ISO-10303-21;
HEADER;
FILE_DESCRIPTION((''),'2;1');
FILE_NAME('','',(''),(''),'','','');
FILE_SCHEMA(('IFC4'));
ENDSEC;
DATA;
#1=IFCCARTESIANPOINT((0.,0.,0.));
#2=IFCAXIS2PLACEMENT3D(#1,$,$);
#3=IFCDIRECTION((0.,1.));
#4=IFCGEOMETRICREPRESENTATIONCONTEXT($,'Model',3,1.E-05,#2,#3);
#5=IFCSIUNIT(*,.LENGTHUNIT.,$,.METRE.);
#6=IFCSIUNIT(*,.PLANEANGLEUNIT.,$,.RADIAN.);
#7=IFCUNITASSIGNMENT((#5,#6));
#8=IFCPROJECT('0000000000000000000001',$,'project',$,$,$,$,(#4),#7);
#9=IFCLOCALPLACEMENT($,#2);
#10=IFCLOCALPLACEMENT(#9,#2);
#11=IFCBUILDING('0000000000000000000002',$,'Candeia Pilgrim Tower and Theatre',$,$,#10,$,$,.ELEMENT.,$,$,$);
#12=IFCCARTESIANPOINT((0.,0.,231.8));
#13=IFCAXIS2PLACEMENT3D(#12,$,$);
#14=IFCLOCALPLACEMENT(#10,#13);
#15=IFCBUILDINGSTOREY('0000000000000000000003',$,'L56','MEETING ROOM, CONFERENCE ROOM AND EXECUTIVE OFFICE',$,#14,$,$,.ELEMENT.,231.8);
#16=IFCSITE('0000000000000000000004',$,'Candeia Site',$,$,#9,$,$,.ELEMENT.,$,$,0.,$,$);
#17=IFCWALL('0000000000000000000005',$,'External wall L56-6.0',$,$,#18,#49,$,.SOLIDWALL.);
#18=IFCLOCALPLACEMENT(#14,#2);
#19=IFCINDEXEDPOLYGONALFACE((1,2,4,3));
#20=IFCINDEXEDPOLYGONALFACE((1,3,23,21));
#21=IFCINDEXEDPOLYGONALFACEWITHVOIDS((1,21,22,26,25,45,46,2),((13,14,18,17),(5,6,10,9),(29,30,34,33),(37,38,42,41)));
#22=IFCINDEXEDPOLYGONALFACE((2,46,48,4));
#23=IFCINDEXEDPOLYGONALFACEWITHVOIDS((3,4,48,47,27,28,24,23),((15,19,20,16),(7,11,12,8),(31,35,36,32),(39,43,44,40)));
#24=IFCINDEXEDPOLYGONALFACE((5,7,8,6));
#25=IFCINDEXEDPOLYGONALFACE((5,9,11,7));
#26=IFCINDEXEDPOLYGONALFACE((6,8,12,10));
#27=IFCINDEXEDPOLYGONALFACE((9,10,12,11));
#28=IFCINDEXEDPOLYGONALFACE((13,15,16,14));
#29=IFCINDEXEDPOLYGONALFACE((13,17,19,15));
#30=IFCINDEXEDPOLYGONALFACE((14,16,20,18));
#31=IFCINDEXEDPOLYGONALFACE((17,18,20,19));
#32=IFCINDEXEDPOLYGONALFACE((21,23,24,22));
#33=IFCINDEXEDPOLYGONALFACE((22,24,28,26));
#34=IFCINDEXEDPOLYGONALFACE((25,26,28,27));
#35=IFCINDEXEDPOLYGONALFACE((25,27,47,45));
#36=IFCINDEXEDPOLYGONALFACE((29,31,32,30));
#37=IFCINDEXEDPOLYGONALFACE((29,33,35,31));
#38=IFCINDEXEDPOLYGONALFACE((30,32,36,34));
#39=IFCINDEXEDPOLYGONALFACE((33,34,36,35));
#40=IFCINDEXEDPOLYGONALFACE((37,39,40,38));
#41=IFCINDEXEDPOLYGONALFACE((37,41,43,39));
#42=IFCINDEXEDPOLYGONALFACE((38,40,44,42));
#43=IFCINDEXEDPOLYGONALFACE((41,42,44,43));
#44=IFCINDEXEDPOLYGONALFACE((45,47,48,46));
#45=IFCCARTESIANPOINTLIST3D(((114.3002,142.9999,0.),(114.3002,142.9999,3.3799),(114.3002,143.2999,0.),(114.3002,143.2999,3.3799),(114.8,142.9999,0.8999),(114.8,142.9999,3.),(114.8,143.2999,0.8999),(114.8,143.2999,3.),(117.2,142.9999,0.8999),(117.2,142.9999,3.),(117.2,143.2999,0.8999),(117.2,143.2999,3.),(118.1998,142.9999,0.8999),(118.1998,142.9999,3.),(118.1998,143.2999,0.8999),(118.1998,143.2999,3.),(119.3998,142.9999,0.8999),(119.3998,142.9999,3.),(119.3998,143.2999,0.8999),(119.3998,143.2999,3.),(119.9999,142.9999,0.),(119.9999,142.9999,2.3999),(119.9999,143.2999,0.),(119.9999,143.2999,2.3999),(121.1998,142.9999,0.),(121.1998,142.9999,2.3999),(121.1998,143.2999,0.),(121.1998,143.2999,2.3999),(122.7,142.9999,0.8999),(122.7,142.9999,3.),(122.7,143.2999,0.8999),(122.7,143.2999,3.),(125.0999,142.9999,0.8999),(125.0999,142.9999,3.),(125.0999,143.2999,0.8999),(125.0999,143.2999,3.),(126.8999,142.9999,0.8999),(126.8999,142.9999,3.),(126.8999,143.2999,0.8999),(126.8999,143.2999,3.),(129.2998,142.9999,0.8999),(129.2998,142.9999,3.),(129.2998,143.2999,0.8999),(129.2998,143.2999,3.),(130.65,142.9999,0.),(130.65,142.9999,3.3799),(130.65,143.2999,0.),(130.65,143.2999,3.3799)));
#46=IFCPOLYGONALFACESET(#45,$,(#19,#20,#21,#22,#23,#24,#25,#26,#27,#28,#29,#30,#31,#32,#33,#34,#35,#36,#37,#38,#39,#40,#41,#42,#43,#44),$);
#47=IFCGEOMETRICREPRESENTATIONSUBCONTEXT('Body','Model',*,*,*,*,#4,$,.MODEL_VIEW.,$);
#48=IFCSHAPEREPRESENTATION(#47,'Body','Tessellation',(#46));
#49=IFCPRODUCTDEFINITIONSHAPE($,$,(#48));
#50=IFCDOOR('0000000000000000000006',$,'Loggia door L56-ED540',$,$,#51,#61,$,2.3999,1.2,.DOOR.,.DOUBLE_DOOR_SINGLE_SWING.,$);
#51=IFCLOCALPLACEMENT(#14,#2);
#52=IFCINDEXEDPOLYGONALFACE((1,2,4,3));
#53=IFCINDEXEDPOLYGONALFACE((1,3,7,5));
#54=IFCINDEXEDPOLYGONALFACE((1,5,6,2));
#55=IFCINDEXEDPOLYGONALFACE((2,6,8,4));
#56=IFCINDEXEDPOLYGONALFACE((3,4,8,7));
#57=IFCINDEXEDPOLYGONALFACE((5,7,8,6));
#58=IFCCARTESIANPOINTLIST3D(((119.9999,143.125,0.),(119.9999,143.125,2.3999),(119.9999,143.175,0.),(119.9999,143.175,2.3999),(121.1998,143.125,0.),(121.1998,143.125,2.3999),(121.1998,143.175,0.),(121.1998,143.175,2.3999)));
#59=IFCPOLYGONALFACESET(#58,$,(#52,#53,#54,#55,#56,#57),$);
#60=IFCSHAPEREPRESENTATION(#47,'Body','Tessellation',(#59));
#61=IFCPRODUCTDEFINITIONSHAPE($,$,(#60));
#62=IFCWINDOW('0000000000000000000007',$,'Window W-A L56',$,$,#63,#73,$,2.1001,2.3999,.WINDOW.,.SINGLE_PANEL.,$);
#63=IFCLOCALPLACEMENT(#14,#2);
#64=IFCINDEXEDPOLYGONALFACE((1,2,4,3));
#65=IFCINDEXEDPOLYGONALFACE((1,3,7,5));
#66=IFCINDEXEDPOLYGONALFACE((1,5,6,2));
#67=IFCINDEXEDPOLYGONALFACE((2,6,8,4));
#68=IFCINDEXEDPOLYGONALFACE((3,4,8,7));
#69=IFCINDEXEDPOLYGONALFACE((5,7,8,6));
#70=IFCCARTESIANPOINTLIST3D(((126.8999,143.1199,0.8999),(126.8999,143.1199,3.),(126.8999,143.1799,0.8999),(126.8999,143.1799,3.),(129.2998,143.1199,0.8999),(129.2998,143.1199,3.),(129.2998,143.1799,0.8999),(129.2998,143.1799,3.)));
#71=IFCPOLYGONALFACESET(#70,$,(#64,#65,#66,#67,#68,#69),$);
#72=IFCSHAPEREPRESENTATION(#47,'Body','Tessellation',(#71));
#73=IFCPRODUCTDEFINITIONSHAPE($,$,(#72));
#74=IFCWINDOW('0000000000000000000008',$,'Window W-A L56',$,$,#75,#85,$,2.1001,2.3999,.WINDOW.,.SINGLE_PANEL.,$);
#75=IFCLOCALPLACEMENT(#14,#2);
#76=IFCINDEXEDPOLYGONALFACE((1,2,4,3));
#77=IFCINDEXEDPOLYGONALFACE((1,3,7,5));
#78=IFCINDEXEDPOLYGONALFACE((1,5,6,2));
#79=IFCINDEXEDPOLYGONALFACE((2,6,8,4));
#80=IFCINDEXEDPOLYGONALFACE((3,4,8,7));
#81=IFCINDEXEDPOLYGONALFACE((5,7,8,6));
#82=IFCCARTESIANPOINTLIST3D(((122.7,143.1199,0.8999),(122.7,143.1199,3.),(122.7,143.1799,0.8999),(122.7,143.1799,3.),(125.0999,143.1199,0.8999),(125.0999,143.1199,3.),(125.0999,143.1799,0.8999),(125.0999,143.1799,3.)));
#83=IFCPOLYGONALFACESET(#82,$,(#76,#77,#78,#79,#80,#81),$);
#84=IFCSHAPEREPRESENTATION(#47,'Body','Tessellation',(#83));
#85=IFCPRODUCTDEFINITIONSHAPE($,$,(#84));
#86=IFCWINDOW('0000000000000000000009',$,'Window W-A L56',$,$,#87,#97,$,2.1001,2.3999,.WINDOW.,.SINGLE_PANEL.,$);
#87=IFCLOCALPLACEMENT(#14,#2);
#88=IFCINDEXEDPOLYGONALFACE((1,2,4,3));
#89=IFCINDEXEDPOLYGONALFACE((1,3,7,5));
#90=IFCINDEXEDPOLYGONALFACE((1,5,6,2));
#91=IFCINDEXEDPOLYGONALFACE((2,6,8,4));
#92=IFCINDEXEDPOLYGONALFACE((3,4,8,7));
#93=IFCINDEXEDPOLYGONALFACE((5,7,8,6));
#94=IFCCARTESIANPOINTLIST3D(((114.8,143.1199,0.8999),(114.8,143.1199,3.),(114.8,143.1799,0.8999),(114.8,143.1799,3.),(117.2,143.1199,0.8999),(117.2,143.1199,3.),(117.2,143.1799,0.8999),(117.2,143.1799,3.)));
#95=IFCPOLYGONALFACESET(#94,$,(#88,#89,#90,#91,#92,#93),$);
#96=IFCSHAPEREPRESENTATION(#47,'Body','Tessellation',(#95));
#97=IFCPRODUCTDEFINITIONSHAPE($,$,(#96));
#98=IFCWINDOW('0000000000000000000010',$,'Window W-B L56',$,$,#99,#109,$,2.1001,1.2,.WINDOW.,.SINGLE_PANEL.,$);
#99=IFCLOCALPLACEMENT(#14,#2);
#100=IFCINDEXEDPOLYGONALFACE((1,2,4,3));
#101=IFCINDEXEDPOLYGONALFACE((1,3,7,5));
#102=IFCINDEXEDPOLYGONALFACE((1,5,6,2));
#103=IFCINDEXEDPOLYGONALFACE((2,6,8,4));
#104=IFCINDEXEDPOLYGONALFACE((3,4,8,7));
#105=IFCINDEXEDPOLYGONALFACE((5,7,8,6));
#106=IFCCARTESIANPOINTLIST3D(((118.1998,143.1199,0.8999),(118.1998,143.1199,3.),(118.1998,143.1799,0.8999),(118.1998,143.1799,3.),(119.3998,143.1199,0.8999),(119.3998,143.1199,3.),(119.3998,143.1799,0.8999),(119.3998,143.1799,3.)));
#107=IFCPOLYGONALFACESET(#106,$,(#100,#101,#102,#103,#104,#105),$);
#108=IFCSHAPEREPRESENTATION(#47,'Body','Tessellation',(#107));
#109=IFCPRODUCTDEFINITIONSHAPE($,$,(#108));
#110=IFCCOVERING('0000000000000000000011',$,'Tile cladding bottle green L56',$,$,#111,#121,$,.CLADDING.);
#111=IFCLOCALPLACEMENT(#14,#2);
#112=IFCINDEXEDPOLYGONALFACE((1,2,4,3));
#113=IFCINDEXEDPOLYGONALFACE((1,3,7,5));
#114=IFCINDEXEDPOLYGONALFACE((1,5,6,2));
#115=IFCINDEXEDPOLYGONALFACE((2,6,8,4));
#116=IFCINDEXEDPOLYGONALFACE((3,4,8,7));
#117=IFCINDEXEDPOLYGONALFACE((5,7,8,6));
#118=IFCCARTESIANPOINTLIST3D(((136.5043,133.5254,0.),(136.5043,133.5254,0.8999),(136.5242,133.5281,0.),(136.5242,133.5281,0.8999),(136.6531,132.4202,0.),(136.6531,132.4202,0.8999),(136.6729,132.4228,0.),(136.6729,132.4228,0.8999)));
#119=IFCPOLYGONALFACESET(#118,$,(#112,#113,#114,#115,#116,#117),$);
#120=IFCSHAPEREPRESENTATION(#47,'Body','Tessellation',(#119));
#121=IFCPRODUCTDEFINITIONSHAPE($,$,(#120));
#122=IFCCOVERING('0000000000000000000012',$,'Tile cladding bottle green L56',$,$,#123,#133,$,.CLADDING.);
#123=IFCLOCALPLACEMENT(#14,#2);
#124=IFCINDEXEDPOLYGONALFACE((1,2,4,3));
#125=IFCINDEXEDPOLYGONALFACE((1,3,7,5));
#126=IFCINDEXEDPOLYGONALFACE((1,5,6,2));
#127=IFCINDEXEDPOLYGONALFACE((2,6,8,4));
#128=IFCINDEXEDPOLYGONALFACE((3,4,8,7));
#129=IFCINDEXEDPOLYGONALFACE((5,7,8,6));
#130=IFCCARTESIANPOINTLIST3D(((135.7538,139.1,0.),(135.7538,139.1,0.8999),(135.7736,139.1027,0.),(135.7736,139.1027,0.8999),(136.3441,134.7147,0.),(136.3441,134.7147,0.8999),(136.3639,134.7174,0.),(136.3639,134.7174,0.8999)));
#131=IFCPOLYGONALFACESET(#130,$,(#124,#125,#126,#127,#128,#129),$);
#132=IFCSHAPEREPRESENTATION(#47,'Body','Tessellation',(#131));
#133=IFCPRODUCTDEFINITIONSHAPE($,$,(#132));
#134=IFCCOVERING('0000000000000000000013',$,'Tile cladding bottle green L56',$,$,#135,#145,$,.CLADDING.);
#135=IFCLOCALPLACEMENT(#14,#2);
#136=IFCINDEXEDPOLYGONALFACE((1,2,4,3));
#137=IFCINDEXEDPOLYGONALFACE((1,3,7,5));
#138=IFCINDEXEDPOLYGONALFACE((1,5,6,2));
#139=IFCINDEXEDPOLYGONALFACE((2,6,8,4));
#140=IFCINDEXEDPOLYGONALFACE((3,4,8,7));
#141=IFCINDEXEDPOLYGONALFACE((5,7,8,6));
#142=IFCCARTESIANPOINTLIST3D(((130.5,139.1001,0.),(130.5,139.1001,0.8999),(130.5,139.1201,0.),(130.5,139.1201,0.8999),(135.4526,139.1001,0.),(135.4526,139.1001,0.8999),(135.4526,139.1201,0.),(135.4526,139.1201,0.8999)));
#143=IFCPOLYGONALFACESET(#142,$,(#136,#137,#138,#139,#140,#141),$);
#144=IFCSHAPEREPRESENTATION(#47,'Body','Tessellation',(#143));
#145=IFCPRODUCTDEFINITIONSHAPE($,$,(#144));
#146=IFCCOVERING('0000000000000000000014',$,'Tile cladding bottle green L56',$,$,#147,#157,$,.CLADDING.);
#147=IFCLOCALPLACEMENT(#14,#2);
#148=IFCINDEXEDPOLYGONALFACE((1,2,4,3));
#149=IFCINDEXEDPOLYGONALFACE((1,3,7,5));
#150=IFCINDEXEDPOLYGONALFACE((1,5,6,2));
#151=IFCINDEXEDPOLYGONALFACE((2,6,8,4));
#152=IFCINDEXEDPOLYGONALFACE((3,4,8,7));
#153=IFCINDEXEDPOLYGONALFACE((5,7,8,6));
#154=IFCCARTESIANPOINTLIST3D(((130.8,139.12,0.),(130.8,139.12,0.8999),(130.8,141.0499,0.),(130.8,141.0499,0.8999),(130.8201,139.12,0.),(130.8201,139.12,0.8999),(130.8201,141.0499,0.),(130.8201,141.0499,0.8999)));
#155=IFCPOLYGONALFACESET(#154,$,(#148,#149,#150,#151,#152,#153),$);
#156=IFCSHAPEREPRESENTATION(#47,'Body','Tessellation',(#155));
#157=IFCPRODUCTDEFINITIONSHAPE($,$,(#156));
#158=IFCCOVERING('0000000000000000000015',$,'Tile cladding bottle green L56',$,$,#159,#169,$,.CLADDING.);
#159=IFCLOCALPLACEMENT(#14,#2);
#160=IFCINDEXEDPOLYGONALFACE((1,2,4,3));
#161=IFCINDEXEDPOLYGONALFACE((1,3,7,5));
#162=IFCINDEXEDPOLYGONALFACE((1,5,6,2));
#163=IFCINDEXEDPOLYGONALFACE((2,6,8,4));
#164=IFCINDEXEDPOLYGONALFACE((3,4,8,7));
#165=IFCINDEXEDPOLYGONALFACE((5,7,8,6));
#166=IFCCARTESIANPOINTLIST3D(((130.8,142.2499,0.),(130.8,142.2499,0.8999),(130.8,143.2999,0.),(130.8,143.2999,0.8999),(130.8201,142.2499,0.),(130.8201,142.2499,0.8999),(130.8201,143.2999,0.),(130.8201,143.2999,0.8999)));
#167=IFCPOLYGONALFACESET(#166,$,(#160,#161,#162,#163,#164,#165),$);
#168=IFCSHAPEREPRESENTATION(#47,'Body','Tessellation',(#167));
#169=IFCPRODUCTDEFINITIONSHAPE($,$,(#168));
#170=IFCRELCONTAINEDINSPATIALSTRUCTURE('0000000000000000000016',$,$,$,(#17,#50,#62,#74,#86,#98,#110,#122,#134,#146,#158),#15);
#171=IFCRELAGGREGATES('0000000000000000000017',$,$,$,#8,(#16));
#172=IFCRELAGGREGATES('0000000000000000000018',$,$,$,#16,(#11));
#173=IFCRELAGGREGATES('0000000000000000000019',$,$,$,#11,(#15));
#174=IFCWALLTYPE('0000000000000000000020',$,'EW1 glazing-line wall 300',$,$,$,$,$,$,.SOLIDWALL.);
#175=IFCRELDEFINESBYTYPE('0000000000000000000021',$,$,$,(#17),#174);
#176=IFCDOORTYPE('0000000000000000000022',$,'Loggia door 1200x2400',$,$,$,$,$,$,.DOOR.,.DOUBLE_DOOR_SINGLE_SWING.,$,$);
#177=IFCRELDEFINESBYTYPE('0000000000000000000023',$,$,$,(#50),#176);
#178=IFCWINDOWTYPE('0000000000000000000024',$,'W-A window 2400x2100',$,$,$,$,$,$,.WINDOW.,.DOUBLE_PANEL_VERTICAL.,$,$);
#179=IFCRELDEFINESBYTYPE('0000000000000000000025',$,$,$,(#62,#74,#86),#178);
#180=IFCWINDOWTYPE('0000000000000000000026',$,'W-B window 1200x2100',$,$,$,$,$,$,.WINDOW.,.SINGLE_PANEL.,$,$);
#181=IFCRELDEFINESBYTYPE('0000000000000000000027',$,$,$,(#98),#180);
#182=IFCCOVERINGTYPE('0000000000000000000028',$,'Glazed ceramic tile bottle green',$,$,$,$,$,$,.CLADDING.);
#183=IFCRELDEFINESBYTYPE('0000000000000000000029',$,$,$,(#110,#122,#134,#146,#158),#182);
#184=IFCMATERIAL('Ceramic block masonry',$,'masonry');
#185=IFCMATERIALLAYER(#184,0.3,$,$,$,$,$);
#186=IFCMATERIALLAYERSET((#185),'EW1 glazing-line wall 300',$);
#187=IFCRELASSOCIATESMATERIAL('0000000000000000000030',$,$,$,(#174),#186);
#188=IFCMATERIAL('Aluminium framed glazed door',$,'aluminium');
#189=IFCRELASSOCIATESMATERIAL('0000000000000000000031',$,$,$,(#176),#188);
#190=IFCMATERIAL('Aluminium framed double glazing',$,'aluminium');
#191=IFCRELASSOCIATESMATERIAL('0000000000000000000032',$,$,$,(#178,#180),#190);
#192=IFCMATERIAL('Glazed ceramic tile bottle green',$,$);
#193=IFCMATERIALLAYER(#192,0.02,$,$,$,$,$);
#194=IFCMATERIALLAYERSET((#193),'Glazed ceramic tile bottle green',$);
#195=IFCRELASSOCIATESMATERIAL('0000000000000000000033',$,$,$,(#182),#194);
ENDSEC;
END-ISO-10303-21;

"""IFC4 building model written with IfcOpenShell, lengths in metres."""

from ifc_helpers import new_model, si_unit, direction, frame, frame_2d, origin, origin_2d, place, context, subcontext, project, spatial, rectangle, extrude, material, layer, layer_set, type_object, element, fill, save


model = new_model("IFC4")

# Units and contexts
model_context = context("Model", 3, precision=1e-05, world=origin(), true_north=direction((0.0, 1.0)))
body_context = subcontext(model_context, "Body", "Model", "MODEL_VIEW")
ifc_project = project(units=[si_unit("LENGTHUNIT", "METRE"), si_unit("PLANEANGLEUNIT", "RADIAN")], contexts=[model_context])

# Site, building, storey
site_placement = place(None, origin())
site = spatial("IfcSite", under=ifc_project, at=site_placement, Name="Candeia Site", CompositionType="ELEMENT", RefElevation=0.0)
building_placement = place(site_placement, origin())
building = spatial("IfcBuilding", under=site, at=building_placement, Name="Candeia Pilgrim Tower and Theatre", CompositionType="ELEMENT")
storey_placement = place(building_placement, frame((0.0, 0.0, 231.8)))
storey = spatial("IfcBuildingStorey", under=building, at=storey_placement, Name="L56", Description="MEETING ROOM, CONFERENCE ROOM AND EXECUTIVE OFFICE", CompositionType="ELEMENT", Elevation=231.8)

# Shared definitions
ifc_material_1 = material(Name="Ceramic block masonry", Category="masonry")
ifc_layer_1 = layer(ifc_material_1, 0.3)
ifc_layer_set_1 = layer_set([ifc_layer_1], Name="EW1 glazing-line wall 300")
wall_type = type_object("IfcWallType", Name="EW1 glazing-line wall 300", PredefinedType="SOLIDWALL", material=ifc_layer_set_1)
ifc_material_2 = material(Name="Aluminium framed glazed door", Category="aluminium")
door_type = type_object("IfcDoorType", Name="Loggia door 1200x2400", OperationType="DOUBLE_DOOR_SINGLE_SWING", PredefinedType="DOOR", material=ifc_material_2)
ifc_material_3 = material(Name="Aluminium framed double glazing", Category="aluminium")
window_type_1 = type_object("IfcWindowType", Name="W-A window 2400x2100", PartitioningType="DOUBLE_PANEL_VERTICAL", PredefinedType="WINDOW", material=ifc_material_3)

# Shared definitions
window_type_2 = type_object("IfcWindowType", Name="W-B window 1200x2100", PartitioningType="SINGLE_PANEL", PredefinedType="WINDOW", material=ifc_material_3)

# Wall, openings, door, windows
wall_1_placement = place(storey_placement, frame((130.6499, 143.1499, 0.0), z_axis=(0.0, 0.0, 1.0), x_axis=(-1.0, 0.0, 0.0)))
wall_1 = element("IfcWall", 1, at=wall_1_placement, inside=storey, type_object=wall_type, Name="External wall L56-6.0", PredefinedType="SOLIDWALL", context=body_context, shape_type="SweptSolid", body=[
    extrude(rectangle(XDim=16.3499, YDim=0.3, at=frame_2d((8.1748, 0.0))), origin(), (0.0, 0.0, 1.0), 3.3799),
])
opening_1_placement = place(wall_1_placement, frame((1.3501, 0.0, 0.8999)))
opening_1 = element("IfcOpeningElement", 2, at=opening_1_placement, cuts=wall_1, PredefinedType="OPENING", context=body_context, shape_type="SweptSolid", body=[
    extrude(rectangle(XDim=2.3999, YDim=2.1001, at=frame_2d((1.2, 1.05))), frame((0.0, 0.1602, 0.0), z_axis=(0.0, -1.0, 0.0), x_axis=(1.0, 0.0, 0.0)), (0.0, 0.0, 1.0), 0.3201),
])
opening_2_placement = place(wall_1_placement, frame((5.55, 0.0, 0.8999)))
opening_2 = element("IfcOpeningElement", 3, at=opening_2_placement, cuts=wall_1, PredefinedType="OPENING", context=body_context, shape_type="SweptSolid", body=[
    extrude(rectangle(XDim=2.3999, YDim=2.1001, at=frame_2d((1.2, 1.05))), frame((0.0, 0.1602, 0.0), z_axis=(0.0, -1.0, 0.0), x_axis=(1.0, 0.0, 0.0)), (0.0, 0.0, 1.0), 0.3201),
])
opening_3_placement = place(wall_1_placement, frame((9.45, 0.0, 0.0)))
opening_3 = element("IfcOpeningElement", 4, at=opening_3_placement, cuts=wall_1, PredefinedType="OPENING", context=body_context, shape_type="SweptSolid", body=[
    extrude(rectangle(XDim=1.2, YDim=2.3999, at=frame_2d((0.6001, 1.2))), frame((0.0, 0.1602, 0.0), z_axis=(0.0, -1.0, 0.0), x_axis=(1.0, 0.0, 0.0)), (0.0, 0.0, 1.0), 0.3201),
])
opening_4_placement = place(wall_1_placement, frame((11.25, 0.0, 0.8999)))
opening_4 = element("IfcOpeningElement", 5, at=opening_4_placement, cuts=wall_1, PredefinedType="OPENING", context=body_context, shape_type="SweptSolid", body=[
    extrude(rectangle(XDim=1.2, YDim=2.1001, at=frame_2d((0.6001, 1.05))), frame((0.0, 0.1602, 0.0), z_axis=(0.0, -1.0, 0.0), x_axis=(1.0, 0.0, 0.0)), (0.0, 0.0, 1.0), 0.3201),
])
opening_5_placement = place(wall_1_placement, frame((13.45, 0.0, 0.8999)))
opening_5 = element("IfcOpeningElement", 6, at=opening_5_placement, cuts=wall_1, PredefinedType="OPENING", context=body_context, shape_type="SweptSolid", body=[
    extrude(rectangle(XDim=2.3999, YDim=2.1001, at=frame_2d((1.2, 1.05))), frame((0.0, 0.1602, 0.0), z_axis=(0.0, -1.0, 0.0), x_axis=(1.0, 0.0, 0.0)), (0.0, 0.0, 1.0), 0.3201),
])
door_1_placement = place(opening_3_placement, origin())
door_1 = element("IfcDoor", 7, at=door_1_placement, inside=storey, type_object=door_type, Name="Loggia door L56-ED540", OperationType="DOUBLE_DOOR_SINGLE_SWING", OverallHeight=2.3999, OverallWidth=1.2, PredefinedType="DOOR", context=body_context, shape_type="SweptSolid", body=[
    extrude(rectangle(XDim=1.2, YDim=2.3999, at=frame_2d((0.6001, 1.2))), frame((0.0, 0.0249, 0.0), z_axis=(0.0, -1.0, 0.0), x_axis=(1.0, 0.0, 0.0)), (0.0, 0.0, 1.0), 0.05),
])
fill(opening_3, door_1)
window_1_placement = place(opening_1_placement, origin())
window_1 = element("IfcWindow", 8, at=window_1_placement, inside=storey, type_object=window_type_1, Name="Window W-A L56", OverallHeight=2.1001, OverallWidth=2.3999, PartitioningType="SINGLE_PANEL", PredefinedType="WINDOW", context=body_context, shape_type="SweptSolid", body=[
    extrude(rectangle(XDim=2.3999, YDim=2.1001, at=frame_2d((1.2, 1.05))), frame((0.0, 0.03, 0.0), z_axis=(0.0, -1.0, 0.0), x_axis=(1.0, 0.0, 0.0)), (0.0, 0.0, 1.0), 0.0601),
])
fill(opening_1, window_1)
window_2_placement = place(opening_2_placement, origin())
window_2 = element("IfcWindow", 9, at=window_2_placement, inside=storey, type_object=window_type_1, Name="Window W-A L56", OverallHeight=2.1001, OverallWidth=2.3999, PartitioningType="SINGLE_PANEL", PredefinedType="WINDOW", context=body_context, shape_type="SweptSolid", body=[
    extrude(rectangle(XDim=2.3999, YDim=2.1001, at=frame_2d((1.2, 1.05))), frame((0.0, 0.03, 0.0), z_axis=(0.0, -1.0, 0.0), x_axis=(1.0, 0.0, 0.0)), (0.0, 0.0, 1.0), 0.0601),
])
fill(opening_2, window_2)
window_3_placement = place(opening_5_placement, origin())
window_3 = element("IfcWindow", 10, at=window_3_placement, inside=storey, type_object=window_type_1, Name="Window W-A L56", OverallHeight=2.1001, OverallWidth=2.3999, PartitioningType="SINGLE_PANEL", PredefinedType="WINDOW", context=body_context, shape_type="SweptSolid", body=[
    extrude(rectangle(XDim=2.3999, YDim=2.1001, at=frame_2d((1.2, 1.05))), frame((0.0, 0.03, 0.0), z_axis=(0.0, -1.0, 0.0), x_axis=(1.0, 0.0, 0.0)), (0.0, 0.0, 1.0), 0.0601),
])
fill(opening_5, window_3)
window_4_placement = place(opening_4_placement, origin())
window_4 = element("IfcWindow", 11, at=window_4_placement, inside=storey, type_object=window_type_2, Name="Window W-B L56", OverallHeight=2.1001, OverallWidth=1.2, PartitioningType="SINGLE_PANEL", PredefinedType="WINDOW", context=body_context, shape_type="SweptSolid", body=[
    extrude(rectangle(XDim=1.2, YDim=2.1001, at=frame_2d((0.6001, 1.05))), frame((0.0, 0.03, 0.0), z_axis=(0.0, -1.0, 0.0), x_axis=(1.0, 0.0, 0.0)), (0.0, 0.0, 1.0), 0.0601),
])
fill(opening_4, window_4)

# Coverings
ifc_material_4 = material(Name="Glazed ceramic tile bottle green")
ifc_layer_2 = layer(ifc_material_4, 0.02)
ifc_layer_set_2 = layer_set([ifc_layer_2], Name="Glazed ceramic tile bottle green")
covering_type = type_object("IfcCoveringType", Name="Glazed ceramic tile bottle green", PredefinedType="CLADDING", material=ifc_layer_set_2)
covering_1_placement = place(storey_placement, frame((136.5886, 132.9741, 0.0), z_axis=(0.0, 0.0, 1.0), x_axis=(-0.133412, 0.991061, 0.0)))
element("IfcCovering", 12, at=covering_1_placement, inside=storey, type_object=covering_type, Name="Tile cladding bottle green L56", PredefinedType="CLADDING", context=body_context, shape_type="SweptSolid", body=[
    extrude(rectangle(XDim=1.1152, YDim=0.02, at=origin_2d()), origin(), (0.0, 0.0, 1.0), 0.8999),
])
covering_2_placement = place(storey_placement, frame((136.0588, 136.9087, 0.0), z_axis=(0.0, 0.0, 1.0), x_axis=(-0.133412, 0.991061, 0.0)))
element("IfcCovering", 13, at=covering_2_placement, inside=storey, type_object=covering_type, Name="Tile cladding bottle green L56", PredefinedType="CLADDING", context=body_context, shape_type="SweptSolid", body=[
    extrude(rectangle(XDim=4.4248, YDim=0.02, at=origin_2d()), origin(), (0.0, 0.0, 1.0), 0.8999),
])
covering_3_placement = place(storey_placement, frame((132.9763, 139.1101, 0.0), z_axis=(0.0, 0.0, 1.0), x_axis=(-1.0, 0.0, 0.0)))
element("IfcCovering", 14, at=covering_3_placement, inside=storey, type_object=covering_type, Name="Tile cladding bottle green L56", PredefinedType="CLADDING", context=body_context, shape_type="SweptSolid", body=[
    extrude(rectangle(XDim=4.9526, YDim=0.02, at=origin_2d()), origin(), (0.0, 0.0, 1.0), 0.8999),
])
covering_4_placement = place(storey_placement, frame((130.8101, 140.085, 0.0), z_axis=(0.0, 0.0, 1.0), x_axis=(0.0, 1.0, 0.0)))
element("IfcCovering", 15, at=covering_4_placement, inside=storey, type_object=covering_type, Name="Tile cladding bottle green L56", PredefinedType="CLADDING", context=body_context, shape_type="SweptSolid", body=[
    extrude(rectangle(XDim=1.9299, YDim=0.02, at=origin_2d()), origin(), (0.0, 0.0, 1.0), 0.8999),
])
covering_5_placement = place(storey_placement, frame((130.8101, 142.7749, 0.0), z_axis=(0.0, 0.0, 1.0), x_axis=(0.0, 1.0, 0.0)))
element("IfcCovering", 16, at=covering_5_placement, inside=storey, type_object=covering_type, Name="Tile cladding bottle green L56", PredefinedType="CLADDING", context=body_context, shape_type="SweptSolid", body=[
    extrude(rectangle(XDim=1.05, YDim=0.02, at=origin_2d()), origin(), (0.0, 0.0, 1.0), 0.8999),
])

save(model, "model.ifc")
